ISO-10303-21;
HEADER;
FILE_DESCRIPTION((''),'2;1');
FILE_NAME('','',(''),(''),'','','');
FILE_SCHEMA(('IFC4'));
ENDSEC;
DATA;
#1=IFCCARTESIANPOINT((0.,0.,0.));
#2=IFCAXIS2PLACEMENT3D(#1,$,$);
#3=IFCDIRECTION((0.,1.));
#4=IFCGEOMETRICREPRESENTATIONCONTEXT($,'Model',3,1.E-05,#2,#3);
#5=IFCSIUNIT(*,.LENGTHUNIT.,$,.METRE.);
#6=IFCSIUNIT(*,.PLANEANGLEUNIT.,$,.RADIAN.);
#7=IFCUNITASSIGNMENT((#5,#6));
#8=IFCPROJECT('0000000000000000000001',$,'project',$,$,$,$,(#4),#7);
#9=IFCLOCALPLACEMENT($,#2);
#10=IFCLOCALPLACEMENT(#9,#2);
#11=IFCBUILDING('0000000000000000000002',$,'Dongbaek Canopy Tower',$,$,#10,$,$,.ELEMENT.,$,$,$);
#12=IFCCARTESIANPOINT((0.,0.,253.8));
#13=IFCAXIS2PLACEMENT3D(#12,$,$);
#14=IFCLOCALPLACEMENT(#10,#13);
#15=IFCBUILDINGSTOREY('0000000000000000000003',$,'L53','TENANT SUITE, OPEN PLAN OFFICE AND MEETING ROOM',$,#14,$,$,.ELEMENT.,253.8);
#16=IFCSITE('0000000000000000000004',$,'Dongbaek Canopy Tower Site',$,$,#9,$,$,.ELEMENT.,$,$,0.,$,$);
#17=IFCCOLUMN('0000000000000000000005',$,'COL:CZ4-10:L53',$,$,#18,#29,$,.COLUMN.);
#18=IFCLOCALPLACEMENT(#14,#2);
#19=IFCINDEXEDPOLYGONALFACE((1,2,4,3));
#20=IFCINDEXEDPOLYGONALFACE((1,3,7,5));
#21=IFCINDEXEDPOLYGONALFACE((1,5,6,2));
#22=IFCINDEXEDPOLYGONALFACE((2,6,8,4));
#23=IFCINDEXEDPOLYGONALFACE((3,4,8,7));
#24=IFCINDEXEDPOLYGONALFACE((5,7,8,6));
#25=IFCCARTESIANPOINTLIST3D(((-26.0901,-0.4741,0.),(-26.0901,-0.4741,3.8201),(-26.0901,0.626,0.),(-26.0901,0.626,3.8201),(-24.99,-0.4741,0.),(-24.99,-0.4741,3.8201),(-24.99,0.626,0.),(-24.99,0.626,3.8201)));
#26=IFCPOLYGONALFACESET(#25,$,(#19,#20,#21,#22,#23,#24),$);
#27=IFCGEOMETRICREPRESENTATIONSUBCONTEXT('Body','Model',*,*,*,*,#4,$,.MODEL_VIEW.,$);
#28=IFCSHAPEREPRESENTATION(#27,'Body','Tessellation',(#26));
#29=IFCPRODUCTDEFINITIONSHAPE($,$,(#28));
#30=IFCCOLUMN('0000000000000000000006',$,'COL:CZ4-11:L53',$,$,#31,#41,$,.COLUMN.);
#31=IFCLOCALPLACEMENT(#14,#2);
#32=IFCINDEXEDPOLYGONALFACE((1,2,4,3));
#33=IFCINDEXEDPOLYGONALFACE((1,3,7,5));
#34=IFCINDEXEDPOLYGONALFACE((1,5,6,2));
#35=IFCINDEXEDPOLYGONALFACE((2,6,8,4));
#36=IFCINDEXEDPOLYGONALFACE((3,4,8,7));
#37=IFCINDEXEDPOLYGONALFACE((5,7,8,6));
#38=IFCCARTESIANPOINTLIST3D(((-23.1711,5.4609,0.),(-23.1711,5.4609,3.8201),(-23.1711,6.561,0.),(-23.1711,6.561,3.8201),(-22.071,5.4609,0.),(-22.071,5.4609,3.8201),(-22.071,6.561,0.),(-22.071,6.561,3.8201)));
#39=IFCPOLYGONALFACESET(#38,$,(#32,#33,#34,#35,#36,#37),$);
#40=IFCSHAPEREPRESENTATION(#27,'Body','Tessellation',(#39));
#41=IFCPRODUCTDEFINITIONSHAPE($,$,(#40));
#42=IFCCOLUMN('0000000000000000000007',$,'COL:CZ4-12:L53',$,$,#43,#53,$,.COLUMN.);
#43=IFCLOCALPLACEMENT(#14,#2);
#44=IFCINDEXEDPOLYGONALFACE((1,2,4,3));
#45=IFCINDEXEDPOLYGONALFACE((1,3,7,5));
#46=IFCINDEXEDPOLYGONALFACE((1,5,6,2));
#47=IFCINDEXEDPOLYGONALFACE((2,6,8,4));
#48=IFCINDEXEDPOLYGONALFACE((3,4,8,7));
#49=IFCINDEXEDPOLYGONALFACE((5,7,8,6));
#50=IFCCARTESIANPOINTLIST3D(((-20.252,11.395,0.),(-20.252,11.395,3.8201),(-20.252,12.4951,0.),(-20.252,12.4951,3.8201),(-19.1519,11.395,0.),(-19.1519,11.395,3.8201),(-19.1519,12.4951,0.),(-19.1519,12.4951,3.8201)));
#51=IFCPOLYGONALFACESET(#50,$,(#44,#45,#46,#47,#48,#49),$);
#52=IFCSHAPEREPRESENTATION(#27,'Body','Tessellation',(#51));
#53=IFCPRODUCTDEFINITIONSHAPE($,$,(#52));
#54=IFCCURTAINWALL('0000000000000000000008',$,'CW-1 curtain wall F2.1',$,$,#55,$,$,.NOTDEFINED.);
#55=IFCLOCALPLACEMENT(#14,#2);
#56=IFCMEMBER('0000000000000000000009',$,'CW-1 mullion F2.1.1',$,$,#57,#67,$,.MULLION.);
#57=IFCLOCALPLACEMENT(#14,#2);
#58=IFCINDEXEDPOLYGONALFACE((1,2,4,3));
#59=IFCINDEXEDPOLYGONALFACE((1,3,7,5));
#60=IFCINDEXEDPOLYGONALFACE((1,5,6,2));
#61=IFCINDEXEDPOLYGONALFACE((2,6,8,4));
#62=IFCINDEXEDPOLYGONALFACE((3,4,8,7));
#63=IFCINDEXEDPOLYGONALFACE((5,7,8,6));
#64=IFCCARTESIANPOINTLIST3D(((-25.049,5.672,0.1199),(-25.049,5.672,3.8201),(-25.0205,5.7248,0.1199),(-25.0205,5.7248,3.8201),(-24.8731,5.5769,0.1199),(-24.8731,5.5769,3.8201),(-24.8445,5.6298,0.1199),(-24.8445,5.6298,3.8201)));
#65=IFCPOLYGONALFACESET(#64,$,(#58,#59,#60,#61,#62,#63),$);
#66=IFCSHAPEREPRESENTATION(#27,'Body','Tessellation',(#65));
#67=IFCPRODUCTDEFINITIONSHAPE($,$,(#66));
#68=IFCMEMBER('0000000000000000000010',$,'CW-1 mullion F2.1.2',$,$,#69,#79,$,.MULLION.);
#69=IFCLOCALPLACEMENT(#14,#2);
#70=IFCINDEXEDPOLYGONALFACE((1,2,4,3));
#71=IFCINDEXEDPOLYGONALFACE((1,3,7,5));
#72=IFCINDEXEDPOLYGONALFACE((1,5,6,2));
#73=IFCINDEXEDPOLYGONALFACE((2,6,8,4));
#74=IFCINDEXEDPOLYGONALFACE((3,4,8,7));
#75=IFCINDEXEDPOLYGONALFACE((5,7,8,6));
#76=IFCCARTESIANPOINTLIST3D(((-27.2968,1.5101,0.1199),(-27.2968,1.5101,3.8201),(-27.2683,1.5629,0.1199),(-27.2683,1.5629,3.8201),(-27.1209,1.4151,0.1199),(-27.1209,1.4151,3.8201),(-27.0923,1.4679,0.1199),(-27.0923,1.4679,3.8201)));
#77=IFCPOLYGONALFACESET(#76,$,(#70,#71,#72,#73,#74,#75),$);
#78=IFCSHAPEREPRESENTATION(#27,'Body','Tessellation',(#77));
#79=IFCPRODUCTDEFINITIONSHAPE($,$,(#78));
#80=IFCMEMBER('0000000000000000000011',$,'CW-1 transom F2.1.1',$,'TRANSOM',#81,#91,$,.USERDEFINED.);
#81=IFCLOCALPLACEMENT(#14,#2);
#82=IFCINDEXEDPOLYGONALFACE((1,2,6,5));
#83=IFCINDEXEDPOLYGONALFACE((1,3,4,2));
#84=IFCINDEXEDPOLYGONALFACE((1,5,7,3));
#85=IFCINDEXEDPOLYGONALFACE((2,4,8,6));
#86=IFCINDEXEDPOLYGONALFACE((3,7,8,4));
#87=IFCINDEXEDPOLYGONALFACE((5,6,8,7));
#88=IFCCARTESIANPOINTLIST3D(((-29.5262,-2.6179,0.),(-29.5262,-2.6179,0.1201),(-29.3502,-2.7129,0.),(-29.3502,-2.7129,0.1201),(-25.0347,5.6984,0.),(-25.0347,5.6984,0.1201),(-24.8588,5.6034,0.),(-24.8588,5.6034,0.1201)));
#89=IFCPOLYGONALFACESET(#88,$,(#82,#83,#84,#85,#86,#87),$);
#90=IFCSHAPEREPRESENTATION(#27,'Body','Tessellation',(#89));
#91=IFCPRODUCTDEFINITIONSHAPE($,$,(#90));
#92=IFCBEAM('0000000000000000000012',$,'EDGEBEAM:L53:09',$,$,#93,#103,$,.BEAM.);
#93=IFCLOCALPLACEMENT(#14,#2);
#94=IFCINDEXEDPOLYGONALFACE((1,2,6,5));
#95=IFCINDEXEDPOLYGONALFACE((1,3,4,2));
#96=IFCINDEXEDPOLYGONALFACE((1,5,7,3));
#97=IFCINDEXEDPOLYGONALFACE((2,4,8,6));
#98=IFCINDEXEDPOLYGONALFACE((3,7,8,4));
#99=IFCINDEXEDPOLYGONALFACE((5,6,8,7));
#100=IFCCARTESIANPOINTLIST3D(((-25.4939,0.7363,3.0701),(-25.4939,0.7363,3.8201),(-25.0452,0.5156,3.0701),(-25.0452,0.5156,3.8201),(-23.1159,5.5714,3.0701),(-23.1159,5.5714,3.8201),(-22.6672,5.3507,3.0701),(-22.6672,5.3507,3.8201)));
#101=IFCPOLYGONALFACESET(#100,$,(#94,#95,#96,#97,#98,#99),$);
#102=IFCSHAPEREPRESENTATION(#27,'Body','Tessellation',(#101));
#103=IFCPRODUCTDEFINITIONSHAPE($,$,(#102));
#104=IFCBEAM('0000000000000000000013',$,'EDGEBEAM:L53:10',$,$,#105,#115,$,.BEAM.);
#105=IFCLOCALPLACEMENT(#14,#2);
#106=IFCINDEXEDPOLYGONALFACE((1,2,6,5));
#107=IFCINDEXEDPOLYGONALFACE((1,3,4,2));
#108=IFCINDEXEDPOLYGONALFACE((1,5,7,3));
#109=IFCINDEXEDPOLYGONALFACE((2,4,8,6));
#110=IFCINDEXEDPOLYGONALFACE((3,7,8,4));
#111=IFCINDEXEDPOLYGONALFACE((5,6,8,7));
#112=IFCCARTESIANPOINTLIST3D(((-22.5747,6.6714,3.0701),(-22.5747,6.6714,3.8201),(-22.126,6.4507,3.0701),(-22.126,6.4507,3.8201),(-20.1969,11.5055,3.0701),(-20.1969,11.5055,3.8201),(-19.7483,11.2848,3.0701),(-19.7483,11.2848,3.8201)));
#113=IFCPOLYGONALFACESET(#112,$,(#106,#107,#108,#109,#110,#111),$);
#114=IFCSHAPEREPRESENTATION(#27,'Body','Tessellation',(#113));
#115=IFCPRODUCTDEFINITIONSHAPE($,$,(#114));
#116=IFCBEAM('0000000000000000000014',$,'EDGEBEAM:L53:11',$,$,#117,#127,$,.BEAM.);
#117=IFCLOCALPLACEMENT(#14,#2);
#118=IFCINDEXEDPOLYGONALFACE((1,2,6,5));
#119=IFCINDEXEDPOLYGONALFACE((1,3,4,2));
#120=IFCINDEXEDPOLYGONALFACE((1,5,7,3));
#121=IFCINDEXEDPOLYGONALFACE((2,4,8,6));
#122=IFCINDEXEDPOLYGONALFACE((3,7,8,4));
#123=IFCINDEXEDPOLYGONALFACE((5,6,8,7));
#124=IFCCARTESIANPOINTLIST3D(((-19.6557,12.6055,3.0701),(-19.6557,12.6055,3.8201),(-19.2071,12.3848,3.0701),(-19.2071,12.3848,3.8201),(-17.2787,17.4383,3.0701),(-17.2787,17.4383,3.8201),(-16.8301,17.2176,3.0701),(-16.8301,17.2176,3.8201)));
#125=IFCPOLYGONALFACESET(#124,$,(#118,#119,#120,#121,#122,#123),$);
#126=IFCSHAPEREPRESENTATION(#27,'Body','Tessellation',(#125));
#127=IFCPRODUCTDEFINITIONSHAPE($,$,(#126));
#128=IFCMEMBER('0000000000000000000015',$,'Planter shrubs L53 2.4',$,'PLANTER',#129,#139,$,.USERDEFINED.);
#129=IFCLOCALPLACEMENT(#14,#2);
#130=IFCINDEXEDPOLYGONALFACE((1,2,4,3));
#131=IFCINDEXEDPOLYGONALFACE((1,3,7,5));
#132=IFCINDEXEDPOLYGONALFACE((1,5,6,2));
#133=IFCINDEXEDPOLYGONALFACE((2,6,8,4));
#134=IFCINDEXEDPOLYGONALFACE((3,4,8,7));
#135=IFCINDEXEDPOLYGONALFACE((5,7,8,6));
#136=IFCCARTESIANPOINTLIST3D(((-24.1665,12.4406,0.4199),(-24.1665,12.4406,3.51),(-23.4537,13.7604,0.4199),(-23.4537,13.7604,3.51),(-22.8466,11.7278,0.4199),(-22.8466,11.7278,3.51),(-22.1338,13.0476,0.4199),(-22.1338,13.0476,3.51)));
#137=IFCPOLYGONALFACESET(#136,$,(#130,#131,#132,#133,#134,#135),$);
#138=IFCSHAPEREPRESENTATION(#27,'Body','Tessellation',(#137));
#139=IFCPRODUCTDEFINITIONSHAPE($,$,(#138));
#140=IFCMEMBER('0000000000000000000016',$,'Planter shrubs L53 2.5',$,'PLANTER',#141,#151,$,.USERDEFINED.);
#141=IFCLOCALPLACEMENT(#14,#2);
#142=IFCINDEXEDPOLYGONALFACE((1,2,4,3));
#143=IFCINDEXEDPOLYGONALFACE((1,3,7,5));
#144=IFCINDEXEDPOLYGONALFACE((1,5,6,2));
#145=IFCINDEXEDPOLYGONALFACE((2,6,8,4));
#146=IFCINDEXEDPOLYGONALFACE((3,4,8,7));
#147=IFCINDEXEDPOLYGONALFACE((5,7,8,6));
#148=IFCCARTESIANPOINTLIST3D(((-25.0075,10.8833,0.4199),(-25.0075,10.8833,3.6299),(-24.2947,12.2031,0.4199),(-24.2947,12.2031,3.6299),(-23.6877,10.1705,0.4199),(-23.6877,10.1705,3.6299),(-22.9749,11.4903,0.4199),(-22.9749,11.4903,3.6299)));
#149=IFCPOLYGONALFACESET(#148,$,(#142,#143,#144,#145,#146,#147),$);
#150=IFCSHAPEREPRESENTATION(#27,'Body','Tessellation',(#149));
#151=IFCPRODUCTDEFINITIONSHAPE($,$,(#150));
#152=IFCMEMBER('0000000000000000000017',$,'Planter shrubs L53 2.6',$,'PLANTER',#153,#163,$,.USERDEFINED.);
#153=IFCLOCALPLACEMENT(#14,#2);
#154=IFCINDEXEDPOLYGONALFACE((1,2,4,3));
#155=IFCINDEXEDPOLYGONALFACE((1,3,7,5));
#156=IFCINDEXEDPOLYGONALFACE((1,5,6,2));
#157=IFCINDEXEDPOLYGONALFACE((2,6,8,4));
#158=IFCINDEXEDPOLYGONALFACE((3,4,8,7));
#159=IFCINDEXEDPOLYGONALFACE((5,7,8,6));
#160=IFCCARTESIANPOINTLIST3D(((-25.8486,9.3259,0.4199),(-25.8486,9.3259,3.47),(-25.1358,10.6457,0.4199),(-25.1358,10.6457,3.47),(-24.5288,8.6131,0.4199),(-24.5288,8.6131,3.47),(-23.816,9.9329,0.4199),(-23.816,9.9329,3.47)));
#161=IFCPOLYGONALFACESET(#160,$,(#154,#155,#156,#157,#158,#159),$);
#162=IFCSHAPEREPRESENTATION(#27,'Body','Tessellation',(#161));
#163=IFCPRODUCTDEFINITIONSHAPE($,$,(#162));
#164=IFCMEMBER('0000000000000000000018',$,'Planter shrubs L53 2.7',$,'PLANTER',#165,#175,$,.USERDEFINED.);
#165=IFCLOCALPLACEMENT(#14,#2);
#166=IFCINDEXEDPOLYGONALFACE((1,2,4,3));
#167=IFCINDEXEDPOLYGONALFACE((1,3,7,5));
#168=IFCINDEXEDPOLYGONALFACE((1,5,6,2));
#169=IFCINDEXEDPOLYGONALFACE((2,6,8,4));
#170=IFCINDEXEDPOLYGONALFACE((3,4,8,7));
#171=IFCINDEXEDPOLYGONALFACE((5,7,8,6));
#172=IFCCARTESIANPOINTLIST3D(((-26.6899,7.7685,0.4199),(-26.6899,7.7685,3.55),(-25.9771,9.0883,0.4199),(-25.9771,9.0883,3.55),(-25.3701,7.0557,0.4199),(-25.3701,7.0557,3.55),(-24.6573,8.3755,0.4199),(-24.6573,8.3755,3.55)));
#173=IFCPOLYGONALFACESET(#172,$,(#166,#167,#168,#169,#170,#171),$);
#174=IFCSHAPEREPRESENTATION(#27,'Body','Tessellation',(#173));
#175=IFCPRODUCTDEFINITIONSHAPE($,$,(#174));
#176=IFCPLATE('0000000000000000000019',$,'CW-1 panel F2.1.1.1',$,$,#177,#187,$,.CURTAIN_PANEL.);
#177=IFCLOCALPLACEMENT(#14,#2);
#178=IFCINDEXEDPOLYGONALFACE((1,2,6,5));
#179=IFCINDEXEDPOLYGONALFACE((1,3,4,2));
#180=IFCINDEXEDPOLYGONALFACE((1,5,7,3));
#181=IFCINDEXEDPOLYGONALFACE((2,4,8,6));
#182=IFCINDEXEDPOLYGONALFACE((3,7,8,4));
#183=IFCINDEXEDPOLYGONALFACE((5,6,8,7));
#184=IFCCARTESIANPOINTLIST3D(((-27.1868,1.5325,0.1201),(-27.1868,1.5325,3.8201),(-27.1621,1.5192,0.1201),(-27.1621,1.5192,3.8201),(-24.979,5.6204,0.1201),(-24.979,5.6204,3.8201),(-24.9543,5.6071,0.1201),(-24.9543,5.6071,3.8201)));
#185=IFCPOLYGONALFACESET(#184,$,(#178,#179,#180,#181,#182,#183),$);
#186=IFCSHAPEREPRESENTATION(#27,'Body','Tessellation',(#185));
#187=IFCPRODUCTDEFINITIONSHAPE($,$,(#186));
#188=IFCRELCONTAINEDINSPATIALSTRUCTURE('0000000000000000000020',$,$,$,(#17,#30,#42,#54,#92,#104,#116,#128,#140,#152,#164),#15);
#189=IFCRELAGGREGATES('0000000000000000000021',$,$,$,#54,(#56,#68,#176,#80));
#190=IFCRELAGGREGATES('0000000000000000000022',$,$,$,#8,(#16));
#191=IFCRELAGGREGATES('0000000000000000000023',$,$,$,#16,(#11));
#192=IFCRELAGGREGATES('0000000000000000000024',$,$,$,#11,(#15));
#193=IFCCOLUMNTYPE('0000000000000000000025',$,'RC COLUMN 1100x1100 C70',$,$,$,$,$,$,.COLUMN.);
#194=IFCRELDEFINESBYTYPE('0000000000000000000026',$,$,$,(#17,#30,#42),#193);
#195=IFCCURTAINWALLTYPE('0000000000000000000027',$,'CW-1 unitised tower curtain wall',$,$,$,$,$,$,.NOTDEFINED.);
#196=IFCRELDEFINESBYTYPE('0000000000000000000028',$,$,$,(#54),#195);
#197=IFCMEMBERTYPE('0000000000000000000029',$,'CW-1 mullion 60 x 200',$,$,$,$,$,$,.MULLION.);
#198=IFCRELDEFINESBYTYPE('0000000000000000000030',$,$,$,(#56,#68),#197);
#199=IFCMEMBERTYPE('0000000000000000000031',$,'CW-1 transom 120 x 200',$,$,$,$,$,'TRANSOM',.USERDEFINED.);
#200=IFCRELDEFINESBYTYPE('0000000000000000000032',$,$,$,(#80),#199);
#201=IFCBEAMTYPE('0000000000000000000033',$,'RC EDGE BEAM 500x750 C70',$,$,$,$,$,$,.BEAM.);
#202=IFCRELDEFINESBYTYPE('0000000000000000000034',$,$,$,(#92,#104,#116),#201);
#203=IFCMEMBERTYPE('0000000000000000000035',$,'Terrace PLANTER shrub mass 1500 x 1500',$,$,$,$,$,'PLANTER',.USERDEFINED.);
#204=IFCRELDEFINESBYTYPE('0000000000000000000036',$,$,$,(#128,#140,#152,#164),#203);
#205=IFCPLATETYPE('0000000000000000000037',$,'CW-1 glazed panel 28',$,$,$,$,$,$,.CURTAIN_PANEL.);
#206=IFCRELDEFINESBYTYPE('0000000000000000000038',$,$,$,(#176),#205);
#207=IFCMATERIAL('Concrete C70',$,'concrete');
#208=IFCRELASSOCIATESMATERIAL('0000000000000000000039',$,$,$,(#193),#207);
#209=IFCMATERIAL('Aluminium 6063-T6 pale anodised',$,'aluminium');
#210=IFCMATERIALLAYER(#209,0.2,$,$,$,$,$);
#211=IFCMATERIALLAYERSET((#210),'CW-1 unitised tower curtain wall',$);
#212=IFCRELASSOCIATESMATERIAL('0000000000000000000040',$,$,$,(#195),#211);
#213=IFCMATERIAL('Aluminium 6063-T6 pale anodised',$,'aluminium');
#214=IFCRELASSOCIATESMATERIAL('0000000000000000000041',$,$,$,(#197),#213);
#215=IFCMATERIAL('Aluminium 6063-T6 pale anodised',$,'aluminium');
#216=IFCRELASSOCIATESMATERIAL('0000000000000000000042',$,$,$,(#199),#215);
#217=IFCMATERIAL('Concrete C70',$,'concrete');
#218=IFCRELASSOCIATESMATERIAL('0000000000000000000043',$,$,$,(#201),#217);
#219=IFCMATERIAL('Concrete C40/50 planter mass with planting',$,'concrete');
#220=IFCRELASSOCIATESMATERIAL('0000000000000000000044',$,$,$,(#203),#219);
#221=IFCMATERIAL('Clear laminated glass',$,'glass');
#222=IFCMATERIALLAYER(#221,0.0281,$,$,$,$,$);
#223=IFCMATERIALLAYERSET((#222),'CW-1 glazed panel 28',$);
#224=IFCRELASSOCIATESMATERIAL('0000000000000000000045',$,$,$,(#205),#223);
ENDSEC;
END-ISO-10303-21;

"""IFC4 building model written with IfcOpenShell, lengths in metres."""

from ifc_helpers import new_model, si_unit, direction, frame, origin, origin_2d, place, context, subcontext, project, spatial, rectangle, extrude, material, layer, layer_set, material_profile, profile_set, type_object, element, aggregate, save


model = new_model("IFC4")

# Units and contexts
model_context = context("Model", 3, precision=1e-05, world=origin(), true_north=direction((0.0, 1.0)))
body_context = subcontext(model_context, "Body", "Model", "MODEL_VIEW")
ifc_project = project(units=[si_unit("LENGTHUNIT", "METRE"), si_unit("PLANEANGLEUNIT", "RADIAN")], contexts=[model_context])

# Site, building, storey
site_placement = place(None, origin())
site = spatial("IfcSite", under=ifc_project, at=site_placement, Name="Dongbaek Canopy Tower Site", CompositionType="ELEMENT", RefElevation=0.0)
building_placement = place(site_placement, origin())
building = spatial("IfcBuilding", under=site, at=building_placement, Name="Dongbaek Canopy Tower", CompositionType="ELEMENT")
storey_placement = place(building_placement, frame((0.0, 0.0, 253.8)))
storey = spatial("IfcBuildingStorey", under=building, at=storey_placement, Name="L53", Description="TENANT SUITE, OPEN PLAN OFFICE AND MEETING ROOM", CompositionType="ELEMENT", Elevation=253.8)

# Columns
ifc_material_1 = material(Name="Concrete C70", Category="concrete")
ifc_material_profile_1 = material_profile(ifc_material_1, rectangle(XDim=1.1001, YDim=1.1001, at=origin_2d()), Name="RC COLUMN 1100x1100 C70")
ifc_profile_set_1 = profile_set([ifc_material_profile_1], Name="Concrete C70")
column_type = type_object("IfcColumnType", Name="RC COLUMN 1100x1100 C70", PredefinedType="COLUMN", material=ifc_profile_set_1)
for number, where, z_axis, x_axis, name in (
    (1, (-25.54, 0.0759, 0.0), (0.0, 0.0, 1.0), (1.0, 0.0, 0.0), "COL:CZ4-10:L53"),
    (2, (-22.6211, 6.011, 0.0), (0.0, 0.0, 1.0), (1.0, 0.0, 0.0), "COL:CZ4-11:L53"),
    (3, (-19.7019, 11.9451, 0.0), (0.0, 0.0, 1.0), (1.0, 0.0, 0.0), "COL:CZ4-12:L53"),
):
    element("IfcColumn", number, at=place(storey_placement, frame(where, z_axis=z_axis, x_axis=x_axis)), inside=storey, type_object=column_type, Name=name, PredefinedType="COLUMN", context=body_context, shape_type="SweptSolid", body=[
        extrude(rectangle(XDim=1.1001, YDim=1.1001, at=origin_2d()), origin(), (0.0, 0.0, 1.0), 3.8201),
    ])

# Curtain wall, members
ifc_material_2 = material(Name="Aluminium 6063-T6 pale anodised", Category="aluminium")
ifc_layer_1 = layer(ifc_material_2, 0.2)
ifc_layer_set_1 = layer_set([ifc_layer_1], Name="CW-1 unitised tower curtain wall")
curtain_wall_type = type_object("IfcCurtainWallType", Name="CW-1 unitised tower curtain wall", PredefinedType="NOTDEFINED", material=ifc_layer_set_1)
curtain_wall_placement = place(storey_placement, origin())
curtain_wall = element("IfcCurtainWall", 4, at=curtain_wall_placement, inside=storey, type_object=curtain_wall_type, Name="CW-1 curtain wall F2.1", PredefinedType="NOTDEFINED")
ifc_material_3 = material(Name="Aluminium 6063-T6 pale anodised", Category="aluminium")
ifc_material_profile_2 = material_profile(ifc_material_3, rectangle(XDim=0.2, YDim=0.0601, at=origin_2d()), Name="CW-1 mullion 60 x 200")
ifc_profile_set_2 = profile_set([ifc_material_profile_2], Name="Aluminium 6063-T6 pale anodised")
member_type_1 = type_object("IfcMemberType", Name="CW-1 mullion 60 x 200", PredefinedType="MULLION", material=ifc_profile_set_2)
member_1_placement = place(storey_placement, frame((-24.9468, 5.6509, 0.1199), z_axis=(0.0, 0.0, 1.0), x_axis=(-0.879877, 0.475202, 0.0)))
member_1 = element("IfcMember", 5, at=member_1_placement, type_object=member_type_1, Name="CW-1 mullion F2.1.1", PredefinedType="MULLION", context=body_context, shape_type="SweptSolid", body=[
    extrude(rectangle(XDim=0.2, YDim=0.0601, at=origin_2d()), origin(), (0.0, 0.0, 1.0), 3.7002),
])
member_2_placement = place(storey_placement, frame((-27.1946, 1.489, 0.1199), z_axis=(0.0, 0.0, 1.0), x_axis=(-0.879877, 0.475202, 0.0)))
member_2 = element("IfcMember", 6, at=member_2_placement, type_object=member_type_1, Name="CW-1 mullion F2.1.2", PredefinedType="MULLION", context=body_context, shape_type="SweptSolid", body=[
    extrude(rectangle(XDim=0.2, YDim=0.0601, at=origin_2d()), origin(), (0.0, 0.0, 1.0), 3.7002),
])
ifc_material_4 = material(Name="Aluminium 6063-T6 pale anodised", Category="aluminium")
ifc_material_profile_3 = material_profile(ifc_material_4, rectangle(XDim=0.2, YDim=0.1201, at=origin_2d()), Name="CW-1 transom 120 x 200")
ifc_profile_set_3 = profile_set([ifc_material_profile_3], Name="Aluminium 6063-T6 pale anodised")
member_type_2 = type_object("IfcMemberType", Name="CW-1 transom 120 x 200", ElementType="TRANSOM", PredefinedType="USERDEFINED", material=ifc_profile_set_3)
member_3_placement = place(storey_placement, frame((-24.9468, 5.6509, 0.0601), z_axis=(-0.475198, -0.879879, 0.0), x_axis=(0.879879, -0.475198, 0.0)))
member_3 = element("IfcMember", 7, at=member_3_placement, type_object=member_type_2, Name="CW-1 transom F2.1.1", ObjectType="TRANSOM", PredefinedType="USERDEFINED", context=body_context, shape_type="SweptSolid", body=[
    extrude(rectangle(XDim=0.2, YDim=0.1201, at=origin_2d()), origin(), (0.0, 0.0, 1.0), 9.4517),
])

# Beams
ifc_material_5 = material(Name="Concrete C70", Category="concrete")
ifc_material_profile_4 = material_profile(ifc_material_5, rectangle(XDim=0.5, YDim=0.75, at=origin_2d()), Name="RC EDGE BEAM 500x750 C70")
ifc_profile_set_4 = profile_set([ifc_material_profile_4], Name="Concrete C70")
beam_type = type_object("IfcBeamType", Name="RC EDGE BEAM 500x750 C70", PredefinedType="BEAM", material=ifc_profile_set_4)
beam_1_placement = place(storey_placement, frame((-25.2695, 0.626, 3.4451), z_axis=(0.441332, 0.897344, 0.0), x_axis=(-0.897344, 0.441332, 0.0)))
element("IfcBeam", 8, at=beam_1_placement, inside=storey, type_object=beam_type, Name="EDGEBEAM:L53:09", PredefinedType="BEAM", context=body_context, shape_type="SweptSolid", body=[
    extrude(rectangle(XDim=0.5, YDim=0.75, at=origin_2d()), origin(), (0.0, 0.0, 1.0), 5.3882),
])
beam_2_placement = place(storey_placement, frame((-22.3503, 6.561, 3.4451), z_axis=(0.441367, 0.897327, 0.0), x_axis=(-0.897327, 0.441367, 0.0)))
element("IfcBeam", 9, at=beam_2_placement, inside=storey, type_object=beam_type, Name="EDGEBEAM:L53:10", PredefinedType="BEAM", context=body_context, shape_type="SweptSolid", body=[
    extrude(rectangle(XDim=0.5, YDim=0.75, at=origin_2d()), origin(), (0.0, 0.0, 1.0), 5.3872),
])
beam_3_placement = place(storey_placement, frame((-19.4314, 12.4951, 3.4451), z_axis=(0.441347, 0.897336, 0.0), x_axis=(-0.897336, 0.441347, 0.0)))
element("IfcBeam", 10, at=beam_3_placement, inside=storey, type_object=beam_type, Name="EDGEBEAM:L53:11", PredefinedType="BEAM", context=body_context, shape_type="SweptSolid", body=[
    extrude(rectangle(XDim=0.5, YDim=0.75, at=origin_2d()), origin(), (0.0, 0.0, 1.0), 5.3857),
])

# Members
ifc_material_6 = material(Name="Concrete C40/50 planter mass with planting", Category="concrete")
ifc_material_profile_5 = material_profile(ifc_material_6, rectangle(XDim=1.5, YDim=1.5, at=origin_2d()), Name="Terrace PLANTER shrub mass 1500 x 1500")
ifc_profile_set_5 = profile_set([ifc_material_profile_5], Name="Concrete C40/50 planter mass with planting")
member_type_3 = type_object("IfcMemberType", Name="Terrace PLANTER shrub mass 1500 x 1500", ElementType="PLANTER", PredefinedType="USERDEFINED", material=ifc_profile_set_5)
member_4_placement = place(storey_placement, frame((-23.1501, 12.7441, 0.4199), z_axis=(0.0, 0.0, 1.0), x_axis=(-0.879877, 0.475202, 0.0)))
element("IfcMember", 11, at=member_4_placement, inside=storey, type_object=member_type_3, Name="Planter shrubs L53 2.4", ObjectType="PLANTER", PredefinedType="USERDEFINED", context=body_context, shape_type="SweptSolid", body=[
    extrude(rectangle(XDim=1.5, YDim=1.5, at=origin_2d()), origin(), (0.0, 0.0, 1.0), 3.0901),
])
member_5_placement = place(storey_placement, frame((-23.9912, 11.1868, 0.4199), z_axis=(0.0, 0.0, 1.0), x_axis=(-0.879877, 0.475202, 0.0)))
element("IfcMember", 12, at=member_5_placement, inside=storey, type_object=member_type_3, Name="Planter shrubs L53 2.5", ObjectType="PLANTER", PredefinedType="USERDEFINED", context=body_context, shape_type="SweptSolid", body=[
    extrude(rectangle(XDim=1.5, YDim=1.5, at=origin_2d()), origin(), (0.0, 0.0, 1.0), 3.21),
])
member_6_placement = place(storey_placement, frame((-24.8323, 9.6294, 0.4199), z_axis=(0.0, 0.0, 1.0), x_axis=(-0.879877, 0.475202, 0.0)))
element("IfcMember", 13, at=member_6_placement, inside=storey, type_object=member_type_3, Name="Planter shrubs L53 2.6", ObjectType="PLANTER", PredefinedType="USERDEFINED", context=body_context, shape_type="SweptSolid", body=[
    extrude(rectangle(XDim=1.5, YDim=1.5, at=origin_2d()), origin(), (0.0, 0.0, 1.0), 3.05),
])
member_7_placement = place(storey_placement, frame((-25.6736, 8.072, 0.4199), z_axis=(0.0, 0.0, 1.0), x_axis=(-0.879877, 0.475202, 0.0)))
element("IfcMember", 14, at=member_7_placement, inside=storey, type_object=member_type_3, Name="Planter shrubs L53 2.7", ObjectType="PLANTER", PredefinedType="USERDEFINED", context=body_context, shape_type="SweptSolid", body=[
    extrude(rectangle(XDim=1.5, YDim=1.5, at=origin_2d()), origin(), (0.0, 0.0, 1.0), 3.1301),
])

# Plate
ifc_material_7 = material(Name="Clear laminated glass", Category="glass")
ifc_layer_2 = layer(ifc_material_7, 0.0281)
ifc_layer_set_2 = layer_set([ifc_layer_2], Name="CW-1 glazed panel 28")
plate_type = type_object("IfcPlateType", Name="CW-1 glazed panel 28", PredefinedType="CURTAIN_PANEL", material=ifc_layer_set_2)
plate_placement = place(storey_placement, frame((-26.0706, 3.5698, 0.1201), z_axis=(0.0, 0.0, 1.0), x_axis=(-0.475202, -0.879877, 0.0)))
plate = element("IfcPlate", 15, at=plate_placement, type_object=plate_type, Name="CW-1 panel F2.1.1.1", PredefinedType="CURTAIN_PANEL", context=body_context, shape_type="SweptSolid", body=[
    extrude(rectangle(XDim=4.646, YDim=0.0281, at=origin_2d()), origin(), (0.0, 0.0, 1.0), 3.7),
])

aggregate(curtain_wall, [member_1, member_2, plate, member_3])

save(model, "model.ifc")
